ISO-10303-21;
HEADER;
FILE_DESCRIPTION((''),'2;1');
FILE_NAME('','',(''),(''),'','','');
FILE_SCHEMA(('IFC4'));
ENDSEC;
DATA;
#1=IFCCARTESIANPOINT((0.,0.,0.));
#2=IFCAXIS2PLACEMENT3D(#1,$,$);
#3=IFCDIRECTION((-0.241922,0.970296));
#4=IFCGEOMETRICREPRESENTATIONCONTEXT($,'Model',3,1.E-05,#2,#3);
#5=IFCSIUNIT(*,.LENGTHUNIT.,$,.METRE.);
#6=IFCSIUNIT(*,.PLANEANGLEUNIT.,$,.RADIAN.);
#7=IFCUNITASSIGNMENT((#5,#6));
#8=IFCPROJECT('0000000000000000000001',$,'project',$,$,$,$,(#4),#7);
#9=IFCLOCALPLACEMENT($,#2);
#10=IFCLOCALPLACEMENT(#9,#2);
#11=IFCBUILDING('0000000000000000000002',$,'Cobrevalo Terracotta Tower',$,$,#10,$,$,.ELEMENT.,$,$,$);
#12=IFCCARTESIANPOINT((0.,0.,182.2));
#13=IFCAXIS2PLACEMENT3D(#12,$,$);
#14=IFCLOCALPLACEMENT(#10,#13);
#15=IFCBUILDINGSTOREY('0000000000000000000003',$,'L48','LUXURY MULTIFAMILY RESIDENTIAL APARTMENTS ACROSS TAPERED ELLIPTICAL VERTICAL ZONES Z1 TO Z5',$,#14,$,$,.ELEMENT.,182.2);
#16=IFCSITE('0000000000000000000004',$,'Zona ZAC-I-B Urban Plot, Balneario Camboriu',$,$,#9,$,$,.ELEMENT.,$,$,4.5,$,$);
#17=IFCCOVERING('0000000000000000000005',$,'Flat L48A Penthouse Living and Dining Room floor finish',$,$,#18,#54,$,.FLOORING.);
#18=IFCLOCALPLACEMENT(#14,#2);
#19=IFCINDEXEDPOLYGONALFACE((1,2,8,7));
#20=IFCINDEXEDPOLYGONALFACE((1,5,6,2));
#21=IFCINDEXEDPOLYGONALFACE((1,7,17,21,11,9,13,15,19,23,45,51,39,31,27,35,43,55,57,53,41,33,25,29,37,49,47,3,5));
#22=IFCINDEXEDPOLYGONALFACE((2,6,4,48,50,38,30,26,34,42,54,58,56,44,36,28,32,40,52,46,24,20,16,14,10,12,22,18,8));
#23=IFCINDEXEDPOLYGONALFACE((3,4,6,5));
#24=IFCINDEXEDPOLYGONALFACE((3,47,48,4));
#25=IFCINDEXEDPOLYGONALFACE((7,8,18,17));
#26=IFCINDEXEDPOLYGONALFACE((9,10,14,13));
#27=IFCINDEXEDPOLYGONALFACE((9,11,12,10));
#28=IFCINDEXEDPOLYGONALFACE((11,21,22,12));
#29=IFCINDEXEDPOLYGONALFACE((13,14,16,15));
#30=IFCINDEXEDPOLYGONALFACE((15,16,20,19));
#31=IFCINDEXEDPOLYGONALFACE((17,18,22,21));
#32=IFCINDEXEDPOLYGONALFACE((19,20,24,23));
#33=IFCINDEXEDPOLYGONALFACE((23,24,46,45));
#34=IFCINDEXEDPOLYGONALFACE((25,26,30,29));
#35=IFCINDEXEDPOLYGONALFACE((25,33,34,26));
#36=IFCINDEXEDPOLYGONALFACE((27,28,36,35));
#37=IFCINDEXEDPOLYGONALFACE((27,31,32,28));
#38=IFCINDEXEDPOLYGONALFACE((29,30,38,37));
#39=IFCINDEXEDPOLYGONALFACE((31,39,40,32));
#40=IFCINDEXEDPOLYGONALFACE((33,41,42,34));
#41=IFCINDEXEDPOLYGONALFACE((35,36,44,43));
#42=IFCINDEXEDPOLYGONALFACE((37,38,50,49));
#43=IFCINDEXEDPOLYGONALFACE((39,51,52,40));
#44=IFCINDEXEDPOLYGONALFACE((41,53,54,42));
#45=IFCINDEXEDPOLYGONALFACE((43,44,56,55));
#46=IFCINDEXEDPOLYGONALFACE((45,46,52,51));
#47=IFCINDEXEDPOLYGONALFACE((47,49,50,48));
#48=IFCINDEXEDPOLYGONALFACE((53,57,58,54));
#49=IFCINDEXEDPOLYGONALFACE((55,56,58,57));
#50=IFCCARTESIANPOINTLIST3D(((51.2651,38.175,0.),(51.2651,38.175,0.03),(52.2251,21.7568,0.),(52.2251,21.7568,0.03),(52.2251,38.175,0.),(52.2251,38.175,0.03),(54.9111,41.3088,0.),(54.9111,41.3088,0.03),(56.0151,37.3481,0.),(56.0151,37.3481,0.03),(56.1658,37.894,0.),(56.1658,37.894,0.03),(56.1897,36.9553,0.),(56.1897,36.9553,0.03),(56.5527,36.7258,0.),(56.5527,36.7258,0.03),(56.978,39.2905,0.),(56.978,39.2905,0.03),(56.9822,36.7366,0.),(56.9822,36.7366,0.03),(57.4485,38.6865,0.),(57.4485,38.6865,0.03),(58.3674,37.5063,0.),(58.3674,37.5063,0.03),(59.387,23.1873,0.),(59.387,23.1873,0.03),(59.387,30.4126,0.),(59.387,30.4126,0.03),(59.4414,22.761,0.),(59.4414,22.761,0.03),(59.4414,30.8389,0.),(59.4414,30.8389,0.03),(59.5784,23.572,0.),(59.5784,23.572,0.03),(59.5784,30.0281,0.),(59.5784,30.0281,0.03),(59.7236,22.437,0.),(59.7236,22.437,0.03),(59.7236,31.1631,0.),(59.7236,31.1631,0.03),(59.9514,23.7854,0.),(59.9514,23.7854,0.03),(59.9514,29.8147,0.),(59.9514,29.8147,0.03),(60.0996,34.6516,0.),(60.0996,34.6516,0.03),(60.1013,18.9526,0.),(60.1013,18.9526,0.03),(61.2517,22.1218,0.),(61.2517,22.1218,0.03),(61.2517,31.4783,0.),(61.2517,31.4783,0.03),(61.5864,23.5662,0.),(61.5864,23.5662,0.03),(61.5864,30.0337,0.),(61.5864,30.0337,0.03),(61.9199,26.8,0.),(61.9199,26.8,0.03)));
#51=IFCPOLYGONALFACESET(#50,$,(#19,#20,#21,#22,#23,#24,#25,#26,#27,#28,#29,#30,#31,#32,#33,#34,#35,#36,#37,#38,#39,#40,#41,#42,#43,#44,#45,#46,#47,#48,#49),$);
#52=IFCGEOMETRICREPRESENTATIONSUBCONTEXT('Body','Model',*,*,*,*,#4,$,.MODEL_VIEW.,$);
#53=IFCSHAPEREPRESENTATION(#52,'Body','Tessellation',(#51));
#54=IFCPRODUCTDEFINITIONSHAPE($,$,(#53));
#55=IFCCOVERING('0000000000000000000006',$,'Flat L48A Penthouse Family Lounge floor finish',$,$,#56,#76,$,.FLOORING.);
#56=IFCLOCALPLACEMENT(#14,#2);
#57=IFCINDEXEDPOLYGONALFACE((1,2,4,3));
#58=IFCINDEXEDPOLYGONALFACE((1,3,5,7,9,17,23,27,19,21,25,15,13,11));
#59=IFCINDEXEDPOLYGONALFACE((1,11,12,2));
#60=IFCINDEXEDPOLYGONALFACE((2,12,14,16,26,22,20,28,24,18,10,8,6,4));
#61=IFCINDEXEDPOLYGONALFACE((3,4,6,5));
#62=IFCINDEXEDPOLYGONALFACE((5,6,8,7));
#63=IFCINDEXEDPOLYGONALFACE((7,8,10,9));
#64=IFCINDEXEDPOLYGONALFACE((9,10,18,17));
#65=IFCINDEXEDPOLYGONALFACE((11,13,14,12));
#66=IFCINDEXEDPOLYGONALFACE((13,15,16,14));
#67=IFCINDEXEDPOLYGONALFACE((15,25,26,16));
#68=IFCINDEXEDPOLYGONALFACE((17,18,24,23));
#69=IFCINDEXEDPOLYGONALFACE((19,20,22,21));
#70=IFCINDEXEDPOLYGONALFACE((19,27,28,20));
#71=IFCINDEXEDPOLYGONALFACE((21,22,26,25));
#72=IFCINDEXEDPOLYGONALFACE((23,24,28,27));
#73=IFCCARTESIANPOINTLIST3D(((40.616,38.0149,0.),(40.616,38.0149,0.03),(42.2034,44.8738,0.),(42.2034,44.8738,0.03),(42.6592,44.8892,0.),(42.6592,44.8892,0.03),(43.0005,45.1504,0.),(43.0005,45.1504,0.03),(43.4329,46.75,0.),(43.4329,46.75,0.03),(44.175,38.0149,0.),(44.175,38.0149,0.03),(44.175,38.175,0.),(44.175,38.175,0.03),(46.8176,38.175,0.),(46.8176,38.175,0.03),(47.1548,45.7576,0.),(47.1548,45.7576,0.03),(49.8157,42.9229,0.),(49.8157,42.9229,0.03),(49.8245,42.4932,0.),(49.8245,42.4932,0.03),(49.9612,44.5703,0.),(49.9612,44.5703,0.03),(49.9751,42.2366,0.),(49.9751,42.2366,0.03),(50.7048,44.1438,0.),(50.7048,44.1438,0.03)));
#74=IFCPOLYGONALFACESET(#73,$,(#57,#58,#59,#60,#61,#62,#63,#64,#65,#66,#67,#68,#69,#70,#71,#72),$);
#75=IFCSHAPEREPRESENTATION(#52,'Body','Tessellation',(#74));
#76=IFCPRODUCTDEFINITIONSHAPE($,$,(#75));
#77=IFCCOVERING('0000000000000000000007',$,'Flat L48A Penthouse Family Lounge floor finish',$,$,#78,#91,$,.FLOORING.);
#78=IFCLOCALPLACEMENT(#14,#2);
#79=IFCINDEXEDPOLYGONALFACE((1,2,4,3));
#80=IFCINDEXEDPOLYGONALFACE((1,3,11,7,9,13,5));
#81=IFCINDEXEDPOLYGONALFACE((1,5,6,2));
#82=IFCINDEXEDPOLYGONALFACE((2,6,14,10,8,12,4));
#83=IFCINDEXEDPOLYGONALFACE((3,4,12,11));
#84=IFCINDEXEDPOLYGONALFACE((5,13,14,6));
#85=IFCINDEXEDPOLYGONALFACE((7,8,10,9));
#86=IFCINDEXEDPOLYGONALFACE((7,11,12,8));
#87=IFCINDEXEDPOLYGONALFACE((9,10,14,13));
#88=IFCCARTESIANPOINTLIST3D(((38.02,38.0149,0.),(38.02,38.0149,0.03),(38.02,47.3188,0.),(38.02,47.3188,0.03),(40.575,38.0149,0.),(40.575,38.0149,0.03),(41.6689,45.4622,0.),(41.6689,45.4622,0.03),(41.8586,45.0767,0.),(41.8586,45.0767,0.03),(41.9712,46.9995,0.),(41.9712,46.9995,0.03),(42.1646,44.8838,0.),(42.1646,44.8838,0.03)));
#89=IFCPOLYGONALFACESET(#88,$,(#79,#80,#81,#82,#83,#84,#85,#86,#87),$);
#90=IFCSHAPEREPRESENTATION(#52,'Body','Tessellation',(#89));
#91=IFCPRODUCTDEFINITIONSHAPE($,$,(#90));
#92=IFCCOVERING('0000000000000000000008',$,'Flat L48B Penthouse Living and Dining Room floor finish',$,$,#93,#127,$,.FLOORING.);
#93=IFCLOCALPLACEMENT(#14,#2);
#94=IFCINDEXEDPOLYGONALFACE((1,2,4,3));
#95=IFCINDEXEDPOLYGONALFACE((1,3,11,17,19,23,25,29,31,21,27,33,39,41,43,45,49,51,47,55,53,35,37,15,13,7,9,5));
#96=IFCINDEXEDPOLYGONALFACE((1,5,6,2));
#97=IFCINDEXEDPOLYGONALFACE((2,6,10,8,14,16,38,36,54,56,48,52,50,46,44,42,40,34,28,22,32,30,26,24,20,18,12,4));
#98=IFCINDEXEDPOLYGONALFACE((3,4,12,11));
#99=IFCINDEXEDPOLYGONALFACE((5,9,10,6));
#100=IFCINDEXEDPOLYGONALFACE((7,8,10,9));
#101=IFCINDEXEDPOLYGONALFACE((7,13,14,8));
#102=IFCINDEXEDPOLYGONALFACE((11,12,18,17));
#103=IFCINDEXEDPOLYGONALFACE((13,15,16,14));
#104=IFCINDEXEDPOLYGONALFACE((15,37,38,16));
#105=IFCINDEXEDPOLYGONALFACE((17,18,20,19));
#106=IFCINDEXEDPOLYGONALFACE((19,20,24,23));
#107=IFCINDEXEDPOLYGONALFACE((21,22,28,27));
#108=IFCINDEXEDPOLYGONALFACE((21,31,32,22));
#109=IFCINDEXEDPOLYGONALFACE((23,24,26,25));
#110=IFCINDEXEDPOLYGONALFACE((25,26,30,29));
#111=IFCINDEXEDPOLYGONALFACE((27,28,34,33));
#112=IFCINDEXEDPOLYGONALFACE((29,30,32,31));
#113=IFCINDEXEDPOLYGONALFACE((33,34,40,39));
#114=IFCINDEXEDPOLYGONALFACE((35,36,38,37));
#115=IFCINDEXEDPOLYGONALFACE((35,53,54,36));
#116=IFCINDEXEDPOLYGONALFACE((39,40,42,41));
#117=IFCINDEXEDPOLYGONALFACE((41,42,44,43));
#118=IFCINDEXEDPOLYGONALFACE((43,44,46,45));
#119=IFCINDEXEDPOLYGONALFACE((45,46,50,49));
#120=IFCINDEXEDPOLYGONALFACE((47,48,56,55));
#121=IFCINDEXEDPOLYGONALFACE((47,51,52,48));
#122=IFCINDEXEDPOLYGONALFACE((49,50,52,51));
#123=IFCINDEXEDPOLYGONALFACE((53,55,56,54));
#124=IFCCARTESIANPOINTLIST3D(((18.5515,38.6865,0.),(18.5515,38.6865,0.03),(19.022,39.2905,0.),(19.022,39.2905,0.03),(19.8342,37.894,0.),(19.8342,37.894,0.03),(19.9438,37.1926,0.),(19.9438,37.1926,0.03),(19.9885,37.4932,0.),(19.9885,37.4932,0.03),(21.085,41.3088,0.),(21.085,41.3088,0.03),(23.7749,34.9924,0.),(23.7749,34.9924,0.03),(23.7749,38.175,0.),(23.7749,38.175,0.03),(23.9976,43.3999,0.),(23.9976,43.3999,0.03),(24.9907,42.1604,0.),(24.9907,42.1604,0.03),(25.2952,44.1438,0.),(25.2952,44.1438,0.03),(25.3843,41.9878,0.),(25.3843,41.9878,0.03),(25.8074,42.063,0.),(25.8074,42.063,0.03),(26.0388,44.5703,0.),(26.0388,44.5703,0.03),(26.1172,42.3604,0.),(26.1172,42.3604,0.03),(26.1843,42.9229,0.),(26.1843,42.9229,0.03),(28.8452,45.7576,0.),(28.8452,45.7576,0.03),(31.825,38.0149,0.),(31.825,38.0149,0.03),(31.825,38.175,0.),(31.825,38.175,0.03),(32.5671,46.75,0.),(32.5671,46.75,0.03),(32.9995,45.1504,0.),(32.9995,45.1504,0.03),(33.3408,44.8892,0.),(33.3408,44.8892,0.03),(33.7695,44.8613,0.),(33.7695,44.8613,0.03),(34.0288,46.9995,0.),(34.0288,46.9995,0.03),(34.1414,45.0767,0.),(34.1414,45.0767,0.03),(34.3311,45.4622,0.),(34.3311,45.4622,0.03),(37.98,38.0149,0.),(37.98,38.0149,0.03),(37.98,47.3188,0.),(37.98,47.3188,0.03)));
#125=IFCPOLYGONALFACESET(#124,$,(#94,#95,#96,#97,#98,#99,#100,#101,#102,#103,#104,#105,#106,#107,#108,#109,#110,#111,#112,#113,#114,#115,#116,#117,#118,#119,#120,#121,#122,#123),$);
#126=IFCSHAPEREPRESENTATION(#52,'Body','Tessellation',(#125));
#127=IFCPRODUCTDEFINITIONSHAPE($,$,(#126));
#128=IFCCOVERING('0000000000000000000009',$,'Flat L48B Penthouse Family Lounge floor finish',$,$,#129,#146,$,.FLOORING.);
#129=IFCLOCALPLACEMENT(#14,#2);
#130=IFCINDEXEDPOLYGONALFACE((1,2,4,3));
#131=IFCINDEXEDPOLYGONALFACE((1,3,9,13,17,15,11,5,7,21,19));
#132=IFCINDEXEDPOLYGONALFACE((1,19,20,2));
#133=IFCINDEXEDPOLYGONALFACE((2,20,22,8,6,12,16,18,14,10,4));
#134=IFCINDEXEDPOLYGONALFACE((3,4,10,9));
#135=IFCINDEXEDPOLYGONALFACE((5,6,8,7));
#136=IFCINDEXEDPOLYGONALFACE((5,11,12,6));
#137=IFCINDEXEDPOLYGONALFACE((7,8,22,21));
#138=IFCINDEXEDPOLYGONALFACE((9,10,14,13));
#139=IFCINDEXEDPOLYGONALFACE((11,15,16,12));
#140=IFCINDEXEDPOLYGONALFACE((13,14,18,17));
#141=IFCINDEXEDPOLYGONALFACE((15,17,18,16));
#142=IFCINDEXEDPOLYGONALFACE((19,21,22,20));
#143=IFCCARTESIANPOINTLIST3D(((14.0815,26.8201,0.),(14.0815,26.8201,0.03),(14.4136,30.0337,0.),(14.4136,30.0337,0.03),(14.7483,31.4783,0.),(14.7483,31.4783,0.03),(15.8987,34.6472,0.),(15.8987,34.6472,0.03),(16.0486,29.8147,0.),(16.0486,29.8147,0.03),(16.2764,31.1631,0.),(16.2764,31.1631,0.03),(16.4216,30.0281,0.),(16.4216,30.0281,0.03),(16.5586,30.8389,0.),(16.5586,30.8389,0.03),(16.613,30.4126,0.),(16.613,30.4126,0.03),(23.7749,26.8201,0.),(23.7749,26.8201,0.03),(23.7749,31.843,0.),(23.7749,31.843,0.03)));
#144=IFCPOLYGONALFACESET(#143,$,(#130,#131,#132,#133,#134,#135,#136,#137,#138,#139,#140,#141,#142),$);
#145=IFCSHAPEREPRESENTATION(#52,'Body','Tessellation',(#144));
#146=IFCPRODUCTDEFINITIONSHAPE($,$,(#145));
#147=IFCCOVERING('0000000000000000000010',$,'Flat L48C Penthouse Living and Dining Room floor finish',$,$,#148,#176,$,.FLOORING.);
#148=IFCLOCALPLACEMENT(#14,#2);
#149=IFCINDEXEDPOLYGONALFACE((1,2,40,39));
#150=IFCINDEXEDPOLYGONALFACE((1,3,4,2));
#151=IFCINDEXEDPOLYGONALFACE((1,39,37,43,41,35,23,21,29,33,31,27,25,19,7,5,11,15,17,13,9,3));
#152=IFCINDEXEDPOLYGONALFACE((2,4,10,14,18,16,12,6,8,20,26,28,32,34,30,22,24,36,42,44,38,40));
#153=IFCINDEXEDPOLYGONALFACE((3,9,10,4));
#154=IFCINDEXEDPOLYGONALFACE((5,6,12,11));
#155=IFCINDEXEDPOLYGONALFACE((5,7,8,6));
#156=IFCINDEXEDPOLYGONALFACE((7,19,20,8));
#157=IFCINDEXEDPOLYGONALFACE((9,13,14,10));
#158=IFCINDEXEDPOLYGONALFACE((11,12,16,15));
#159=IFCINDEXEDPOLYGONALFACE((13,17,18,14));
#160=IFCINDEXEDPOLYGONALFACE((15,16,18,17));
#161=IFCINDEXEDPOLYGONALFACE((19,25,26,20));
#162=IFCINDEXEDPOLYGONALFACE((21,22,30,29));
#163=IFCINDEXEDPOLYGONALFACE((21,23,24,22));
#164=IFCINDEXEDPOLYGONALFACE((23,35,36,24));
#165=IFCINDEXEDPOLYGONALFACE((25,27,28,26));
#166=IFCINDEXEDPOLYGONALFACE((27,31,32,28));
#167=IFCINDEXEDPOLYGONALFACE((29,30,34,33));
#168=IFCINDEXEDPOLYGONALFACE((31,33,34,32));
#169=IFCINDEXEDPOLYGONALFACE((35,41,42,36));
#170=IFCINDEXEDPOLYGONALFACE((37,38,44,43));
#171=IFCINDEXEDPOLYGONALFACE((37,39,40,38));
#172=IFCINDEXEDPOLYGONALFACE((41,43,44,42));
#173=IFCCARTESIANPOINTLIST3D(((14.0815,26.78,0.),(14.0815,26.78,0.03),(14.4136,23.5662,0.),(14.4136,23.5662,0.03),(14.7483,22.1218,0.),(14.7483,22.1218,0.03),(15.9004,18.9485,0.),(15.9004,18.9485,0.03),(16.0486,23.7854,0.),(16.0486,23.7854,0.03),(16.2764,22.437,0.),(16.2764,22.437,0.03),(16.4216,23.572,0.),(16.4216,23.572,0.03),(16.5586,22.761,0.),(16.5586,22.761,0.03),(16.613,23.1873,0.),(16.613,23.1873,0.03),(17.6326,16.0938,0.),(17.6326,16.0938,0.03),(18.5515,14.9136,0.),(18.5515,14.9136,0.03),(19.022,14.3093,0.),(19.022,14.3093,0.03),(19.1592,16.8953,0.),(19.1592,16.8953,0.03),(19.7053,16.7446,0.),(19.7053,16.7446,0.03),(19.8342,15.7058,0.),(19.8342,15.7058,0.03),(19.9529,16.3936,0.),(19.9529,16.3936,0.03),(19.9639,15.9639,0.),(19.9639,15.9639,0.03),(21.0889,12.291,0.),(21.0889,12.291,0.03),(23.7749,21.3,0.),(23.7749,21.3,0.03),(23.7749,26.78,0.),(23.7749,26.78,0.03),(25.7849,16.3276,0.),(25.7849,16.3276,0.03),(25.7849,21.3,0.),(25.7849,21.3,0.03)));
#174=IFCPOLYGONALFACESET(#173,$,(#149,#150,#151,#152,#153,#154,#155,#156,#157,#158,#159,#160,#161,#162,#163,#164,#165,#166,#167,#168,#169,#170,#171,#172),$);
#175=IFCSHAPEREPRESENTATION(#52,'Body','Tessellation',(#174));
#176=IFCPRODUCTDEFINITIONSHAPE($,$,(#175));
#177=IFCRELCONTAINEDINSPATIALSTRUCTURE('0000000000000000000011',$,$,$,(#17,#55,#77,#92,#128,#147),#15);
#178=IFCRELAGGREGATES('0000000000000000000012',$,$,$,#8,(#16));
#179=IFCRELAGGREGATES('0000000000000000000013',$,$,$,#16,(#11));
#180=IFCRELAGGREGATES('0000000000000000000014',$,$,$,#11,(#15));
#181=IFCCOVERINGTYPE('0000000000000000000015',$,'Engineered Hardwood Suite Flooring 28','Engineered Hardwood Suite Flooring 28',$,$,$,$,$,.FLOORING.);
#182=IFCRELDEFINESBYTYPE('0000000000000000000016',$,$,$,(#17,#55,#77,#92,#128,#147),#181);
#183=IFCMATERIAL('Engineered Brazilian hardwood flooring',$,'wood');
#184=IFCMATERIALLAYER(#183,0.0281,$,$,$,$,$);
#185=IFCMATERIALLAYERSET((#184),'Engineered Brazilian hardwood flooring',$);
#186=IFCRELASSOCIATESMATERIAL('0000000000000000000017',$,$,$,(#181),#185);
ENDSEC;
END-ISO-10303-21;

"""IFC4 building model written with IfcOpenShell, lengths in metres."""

from ifc_helpers import new_model, si_unit, direction, frame, origin, place, context, subcontext, project, spatial, polyline, outline, extrude, material, layer, layer_set, type_object, element, save


model = new_model("IFC4")

# Units and contexts
model_context = context("Model", 3, precision=1e-05, world=origin(), true_north=direction((-0.241922, 0.970296)))
body_context = subcontext(model_context, "Body", "Model", "MODEL_VIEW")
ifc_project = project(units=[si_unit("LENGTHUNIT", "METRE"), si_unit("PLANEANGLEUNIT", "RADIAN")], contexts=[model_context])

# Site, building, storey
site_placement = place(None, origin())
site = spatial("IfcSite", under=ifc_project, at=site_placement, Name="Zona ZAC-I-B Urban Plot, Balneario Camboriu", CompositionType="ELEMENT", RefElevation=4.5)
building_placement = place(site_placement, origin())
building = spatial("IfcBuilding", under=site, at=building_placement, Name="Cobrevalo Terracotta Tower", CompositionType="ELEMENT")
storey_placement = place(building_placement, frame((0.0, 0.0, 182.2)))
storey = spatial("IfcBuildingStorey", under=building, at=storey_placement, Name="L48", Description="LUXURY MULTIFAMILY RESIDENTIAL APARTMENTS ACROSS TAPERED ELLIPTICAL VERTICAL ZONES Z1 TO Z5", CompositionType="ELEMENT", Elevation=182.2)

# Coverings
ifc_material_1 = material(Name="Engineered Brazilian hardwood flooring", Category="wood")
ifc_layer_1 = layer(ifc_material_1, 0.0281)
ifc_layer_set_1 = layer_set([ifc_layer_1], Name="Engineered Brazilian hardwood flooring")
covering_type_1 = type_object("IfcCoveringType", Name="Engineered Hardwood Suite Flooring 28", Description="Engineered Hardwood Suite Flooring 28", PredefinedType="FLOORING", material=ifc_layer_set_1)
covering_1_placement = place(storey_placement, origin())
element("IfcCovering", 1, at=covering_1_placement, inside=storey, type_object=covering_type_1, Name="Flat L48A Penthouse Living and Dining Room floor finish", PredefinedType="FLOORING", context=body_context, shape_type="SweptSolid", body=[
    extrude(outline(polyline([(51.2651, 38.175), (54.9111, 41.3088), (56.978, 39.2905), (57.4485, 38.6865), (56.1658, 37.894), (56.0151, 37.3481), (56.1897, 36.9553), (56.5527, 36.7258), (56.9822, 36.7366), (58.3674, 37.5063), (60.0996, 34.6516), (61.2517, 31.4783), (59.7236, 31.1631), (59.4414, 30.8389), (59.387, 30.4126), (59.5784, 30.0281), (59.9514, 29.8147), (61.5864, 30.0337), (61.9199, 26.8), (61.5864, 23.5662), (59.9514, 23.7854), (59.5784, 23.572), (59.387, 23.1873), (59.4414, 22.761), (59.7236, 22.437), (61.2517, 22.1218), (60.1013, 18.9526), (52.2251, 21.7568), (52.2251, 38.175), (51.2651, 38.175)])), origin(), (0.0, 0.0, 1.0), 0.03),
])
covering_2_placement = place(storey_placement, origin())
element("IfcCovering", 2, at=covering_2_placement, inside=storey, type_object=covering_type_1, Name="Flat L48A Penthouse Family Lounge floor finish", PredefinedType="FLOORING", context=body_context, shape_type="SweptSolid", body=[
    extrude(outline(polyline([(44.175, 38.0149), (40.616, 38.0149), (42.2034, 44.8738), (42.6592, 44.8892), (43.0005, 45.1504), (43.4329, 46.75), (47.1548, 45.7576), (49.9612, 44.5703), (50.7048, 44.1438), (49.8157, 42.9229), (49.8245, 42.4932), (49.9751, 42.2366), (46.8176, 38.175), (44.175, 38.175), (44.175, 38.0149)])), origin(), (0.0, 0.0, 1.0), 0.03),
])
covering_3_placement = place(storey_placement, origin())
element("IfcCovering", 3, at=covering_3_placement, inside=storey, type_object=covering_type_1, Name="Flat L48A Penthouse Family Lounge floor finish", PredefinedType="FLOORING", context=body_context, shape_type="SweptSolid", body=[
    extrude(outline(polyline([(38.02, 47.3188), (41.9712, 46.9995), (41.6689, 45.4622), (41.8586, 45.0767), (42.1646, 44.8838), (40.575, 38.0149), (38.02, 38.0149), (38.02, 47.3188)])), origin(), (0.0, 0.0, 1.0), 0.03),
])
covering_4_placement = place(storey_placement, origin())
element("IfcCovering", 4, at=covering_4_placement, inside=storey, type_object=covering_type_1, Name="Flat L48B Penthouse Living and Dining Room floor finish", PredefinedType="FLOORING", context=body_context, shape_type="SweptSolid", body=[
    extrude(outline(polyline([(21.085, 41.3088), (23.9976, 43.3999), (24.9907, 42.1604), (25.3843, 41.9878), (25.8074, 42.063), (26.1172, 42.3604), (26.1843, 42.9229), (25.2952, 44.1438), (26.0388, 44.5703), (28.8452, 45.7576), (32.5671, 46.75), (32.9995, 45.1504), (33.3408, 44.8892), (33.7695, 44.8613), (34.1414, 45.0767), (34.3311, 45.4622), (34.0288, 46.9995), (37.98, 47.3188), (37.98, 38.0149), (31.825, 38.0149), (31.825, 38.175), (23.7749, 38.175), (23.7749, 34.9924), (19.9438, 37.1926), (19.9885, 37.4932), (19.8342, 37.894), (18.5515, 38.6865), (19.022, 39.2905), (21.085, 41.3088)])), origin(), (0.0, 0.0, 1.0), 0.03),
])
covering_5_placement = place(storey_placement, origin())
element("IfcCovering", 5, at=covering_5_placement, inside=storey, type_object=covering_type_1, Name="Flat L48B Penthouse Family Lounge floor finish", PredefinedType="FLOORING", context=body_context, shape_type="SweptSolid", body=[
    extrude(outline(polyline([(23.7749, 31.843), (23.7749, 26.8201), (14.0815, 26.8201), (14.4136, 30.0337), (16.0486, 29.8147), (16.4216, 30.0281), (16.613, 30.4126), (16.5586, 30.8389), (16.2764, 31.1631), (14.7483, 31.4783), (15.8987, 34.6472), (23.7749, 31.843)])), origin(), (0.0, 0.0, 1.0), 0.03),
])
covering_6_placement = place(storey_placement, origin())
element("IfcCovering", 6, at=covering_6_placement, inside=storey, type_object=covering_type_1, Name="Flat L48C Penthouse Living and Dining Room floor finish", PredefinedType="FLOORING", context=body_context, shape_type="SweptSolid", body=[
    extrude(outline(polyline([(19.022, 14.3093), (18.5515, 14.9136), (19.8342, 15.7058), (19.9639, 15.9639), (19.9529, 16.3936), (19.7053, 16.7446), (19.1592, 16.8953), (17.6326, 16.0938), (15.9004, 18.9485), (14.7483, 22.1218), (16.2764, 22.437), (16.5586, 22.761), (16.613, 23.1873), (16.4216, 23.572), (16.0486, 23.7854), (14.4136, 23.5662), (14.0815, 26.78), (23.7749, 26.78), (23.7749, 21.3), (25.7849, 21.3), (25.7849, 16.3276), (21.0889, 12.291), (19.022, 14.3093)])), origin(), (0.0, 0.0, 1.0), 0.03),
])

save(model, "model.ifc")
